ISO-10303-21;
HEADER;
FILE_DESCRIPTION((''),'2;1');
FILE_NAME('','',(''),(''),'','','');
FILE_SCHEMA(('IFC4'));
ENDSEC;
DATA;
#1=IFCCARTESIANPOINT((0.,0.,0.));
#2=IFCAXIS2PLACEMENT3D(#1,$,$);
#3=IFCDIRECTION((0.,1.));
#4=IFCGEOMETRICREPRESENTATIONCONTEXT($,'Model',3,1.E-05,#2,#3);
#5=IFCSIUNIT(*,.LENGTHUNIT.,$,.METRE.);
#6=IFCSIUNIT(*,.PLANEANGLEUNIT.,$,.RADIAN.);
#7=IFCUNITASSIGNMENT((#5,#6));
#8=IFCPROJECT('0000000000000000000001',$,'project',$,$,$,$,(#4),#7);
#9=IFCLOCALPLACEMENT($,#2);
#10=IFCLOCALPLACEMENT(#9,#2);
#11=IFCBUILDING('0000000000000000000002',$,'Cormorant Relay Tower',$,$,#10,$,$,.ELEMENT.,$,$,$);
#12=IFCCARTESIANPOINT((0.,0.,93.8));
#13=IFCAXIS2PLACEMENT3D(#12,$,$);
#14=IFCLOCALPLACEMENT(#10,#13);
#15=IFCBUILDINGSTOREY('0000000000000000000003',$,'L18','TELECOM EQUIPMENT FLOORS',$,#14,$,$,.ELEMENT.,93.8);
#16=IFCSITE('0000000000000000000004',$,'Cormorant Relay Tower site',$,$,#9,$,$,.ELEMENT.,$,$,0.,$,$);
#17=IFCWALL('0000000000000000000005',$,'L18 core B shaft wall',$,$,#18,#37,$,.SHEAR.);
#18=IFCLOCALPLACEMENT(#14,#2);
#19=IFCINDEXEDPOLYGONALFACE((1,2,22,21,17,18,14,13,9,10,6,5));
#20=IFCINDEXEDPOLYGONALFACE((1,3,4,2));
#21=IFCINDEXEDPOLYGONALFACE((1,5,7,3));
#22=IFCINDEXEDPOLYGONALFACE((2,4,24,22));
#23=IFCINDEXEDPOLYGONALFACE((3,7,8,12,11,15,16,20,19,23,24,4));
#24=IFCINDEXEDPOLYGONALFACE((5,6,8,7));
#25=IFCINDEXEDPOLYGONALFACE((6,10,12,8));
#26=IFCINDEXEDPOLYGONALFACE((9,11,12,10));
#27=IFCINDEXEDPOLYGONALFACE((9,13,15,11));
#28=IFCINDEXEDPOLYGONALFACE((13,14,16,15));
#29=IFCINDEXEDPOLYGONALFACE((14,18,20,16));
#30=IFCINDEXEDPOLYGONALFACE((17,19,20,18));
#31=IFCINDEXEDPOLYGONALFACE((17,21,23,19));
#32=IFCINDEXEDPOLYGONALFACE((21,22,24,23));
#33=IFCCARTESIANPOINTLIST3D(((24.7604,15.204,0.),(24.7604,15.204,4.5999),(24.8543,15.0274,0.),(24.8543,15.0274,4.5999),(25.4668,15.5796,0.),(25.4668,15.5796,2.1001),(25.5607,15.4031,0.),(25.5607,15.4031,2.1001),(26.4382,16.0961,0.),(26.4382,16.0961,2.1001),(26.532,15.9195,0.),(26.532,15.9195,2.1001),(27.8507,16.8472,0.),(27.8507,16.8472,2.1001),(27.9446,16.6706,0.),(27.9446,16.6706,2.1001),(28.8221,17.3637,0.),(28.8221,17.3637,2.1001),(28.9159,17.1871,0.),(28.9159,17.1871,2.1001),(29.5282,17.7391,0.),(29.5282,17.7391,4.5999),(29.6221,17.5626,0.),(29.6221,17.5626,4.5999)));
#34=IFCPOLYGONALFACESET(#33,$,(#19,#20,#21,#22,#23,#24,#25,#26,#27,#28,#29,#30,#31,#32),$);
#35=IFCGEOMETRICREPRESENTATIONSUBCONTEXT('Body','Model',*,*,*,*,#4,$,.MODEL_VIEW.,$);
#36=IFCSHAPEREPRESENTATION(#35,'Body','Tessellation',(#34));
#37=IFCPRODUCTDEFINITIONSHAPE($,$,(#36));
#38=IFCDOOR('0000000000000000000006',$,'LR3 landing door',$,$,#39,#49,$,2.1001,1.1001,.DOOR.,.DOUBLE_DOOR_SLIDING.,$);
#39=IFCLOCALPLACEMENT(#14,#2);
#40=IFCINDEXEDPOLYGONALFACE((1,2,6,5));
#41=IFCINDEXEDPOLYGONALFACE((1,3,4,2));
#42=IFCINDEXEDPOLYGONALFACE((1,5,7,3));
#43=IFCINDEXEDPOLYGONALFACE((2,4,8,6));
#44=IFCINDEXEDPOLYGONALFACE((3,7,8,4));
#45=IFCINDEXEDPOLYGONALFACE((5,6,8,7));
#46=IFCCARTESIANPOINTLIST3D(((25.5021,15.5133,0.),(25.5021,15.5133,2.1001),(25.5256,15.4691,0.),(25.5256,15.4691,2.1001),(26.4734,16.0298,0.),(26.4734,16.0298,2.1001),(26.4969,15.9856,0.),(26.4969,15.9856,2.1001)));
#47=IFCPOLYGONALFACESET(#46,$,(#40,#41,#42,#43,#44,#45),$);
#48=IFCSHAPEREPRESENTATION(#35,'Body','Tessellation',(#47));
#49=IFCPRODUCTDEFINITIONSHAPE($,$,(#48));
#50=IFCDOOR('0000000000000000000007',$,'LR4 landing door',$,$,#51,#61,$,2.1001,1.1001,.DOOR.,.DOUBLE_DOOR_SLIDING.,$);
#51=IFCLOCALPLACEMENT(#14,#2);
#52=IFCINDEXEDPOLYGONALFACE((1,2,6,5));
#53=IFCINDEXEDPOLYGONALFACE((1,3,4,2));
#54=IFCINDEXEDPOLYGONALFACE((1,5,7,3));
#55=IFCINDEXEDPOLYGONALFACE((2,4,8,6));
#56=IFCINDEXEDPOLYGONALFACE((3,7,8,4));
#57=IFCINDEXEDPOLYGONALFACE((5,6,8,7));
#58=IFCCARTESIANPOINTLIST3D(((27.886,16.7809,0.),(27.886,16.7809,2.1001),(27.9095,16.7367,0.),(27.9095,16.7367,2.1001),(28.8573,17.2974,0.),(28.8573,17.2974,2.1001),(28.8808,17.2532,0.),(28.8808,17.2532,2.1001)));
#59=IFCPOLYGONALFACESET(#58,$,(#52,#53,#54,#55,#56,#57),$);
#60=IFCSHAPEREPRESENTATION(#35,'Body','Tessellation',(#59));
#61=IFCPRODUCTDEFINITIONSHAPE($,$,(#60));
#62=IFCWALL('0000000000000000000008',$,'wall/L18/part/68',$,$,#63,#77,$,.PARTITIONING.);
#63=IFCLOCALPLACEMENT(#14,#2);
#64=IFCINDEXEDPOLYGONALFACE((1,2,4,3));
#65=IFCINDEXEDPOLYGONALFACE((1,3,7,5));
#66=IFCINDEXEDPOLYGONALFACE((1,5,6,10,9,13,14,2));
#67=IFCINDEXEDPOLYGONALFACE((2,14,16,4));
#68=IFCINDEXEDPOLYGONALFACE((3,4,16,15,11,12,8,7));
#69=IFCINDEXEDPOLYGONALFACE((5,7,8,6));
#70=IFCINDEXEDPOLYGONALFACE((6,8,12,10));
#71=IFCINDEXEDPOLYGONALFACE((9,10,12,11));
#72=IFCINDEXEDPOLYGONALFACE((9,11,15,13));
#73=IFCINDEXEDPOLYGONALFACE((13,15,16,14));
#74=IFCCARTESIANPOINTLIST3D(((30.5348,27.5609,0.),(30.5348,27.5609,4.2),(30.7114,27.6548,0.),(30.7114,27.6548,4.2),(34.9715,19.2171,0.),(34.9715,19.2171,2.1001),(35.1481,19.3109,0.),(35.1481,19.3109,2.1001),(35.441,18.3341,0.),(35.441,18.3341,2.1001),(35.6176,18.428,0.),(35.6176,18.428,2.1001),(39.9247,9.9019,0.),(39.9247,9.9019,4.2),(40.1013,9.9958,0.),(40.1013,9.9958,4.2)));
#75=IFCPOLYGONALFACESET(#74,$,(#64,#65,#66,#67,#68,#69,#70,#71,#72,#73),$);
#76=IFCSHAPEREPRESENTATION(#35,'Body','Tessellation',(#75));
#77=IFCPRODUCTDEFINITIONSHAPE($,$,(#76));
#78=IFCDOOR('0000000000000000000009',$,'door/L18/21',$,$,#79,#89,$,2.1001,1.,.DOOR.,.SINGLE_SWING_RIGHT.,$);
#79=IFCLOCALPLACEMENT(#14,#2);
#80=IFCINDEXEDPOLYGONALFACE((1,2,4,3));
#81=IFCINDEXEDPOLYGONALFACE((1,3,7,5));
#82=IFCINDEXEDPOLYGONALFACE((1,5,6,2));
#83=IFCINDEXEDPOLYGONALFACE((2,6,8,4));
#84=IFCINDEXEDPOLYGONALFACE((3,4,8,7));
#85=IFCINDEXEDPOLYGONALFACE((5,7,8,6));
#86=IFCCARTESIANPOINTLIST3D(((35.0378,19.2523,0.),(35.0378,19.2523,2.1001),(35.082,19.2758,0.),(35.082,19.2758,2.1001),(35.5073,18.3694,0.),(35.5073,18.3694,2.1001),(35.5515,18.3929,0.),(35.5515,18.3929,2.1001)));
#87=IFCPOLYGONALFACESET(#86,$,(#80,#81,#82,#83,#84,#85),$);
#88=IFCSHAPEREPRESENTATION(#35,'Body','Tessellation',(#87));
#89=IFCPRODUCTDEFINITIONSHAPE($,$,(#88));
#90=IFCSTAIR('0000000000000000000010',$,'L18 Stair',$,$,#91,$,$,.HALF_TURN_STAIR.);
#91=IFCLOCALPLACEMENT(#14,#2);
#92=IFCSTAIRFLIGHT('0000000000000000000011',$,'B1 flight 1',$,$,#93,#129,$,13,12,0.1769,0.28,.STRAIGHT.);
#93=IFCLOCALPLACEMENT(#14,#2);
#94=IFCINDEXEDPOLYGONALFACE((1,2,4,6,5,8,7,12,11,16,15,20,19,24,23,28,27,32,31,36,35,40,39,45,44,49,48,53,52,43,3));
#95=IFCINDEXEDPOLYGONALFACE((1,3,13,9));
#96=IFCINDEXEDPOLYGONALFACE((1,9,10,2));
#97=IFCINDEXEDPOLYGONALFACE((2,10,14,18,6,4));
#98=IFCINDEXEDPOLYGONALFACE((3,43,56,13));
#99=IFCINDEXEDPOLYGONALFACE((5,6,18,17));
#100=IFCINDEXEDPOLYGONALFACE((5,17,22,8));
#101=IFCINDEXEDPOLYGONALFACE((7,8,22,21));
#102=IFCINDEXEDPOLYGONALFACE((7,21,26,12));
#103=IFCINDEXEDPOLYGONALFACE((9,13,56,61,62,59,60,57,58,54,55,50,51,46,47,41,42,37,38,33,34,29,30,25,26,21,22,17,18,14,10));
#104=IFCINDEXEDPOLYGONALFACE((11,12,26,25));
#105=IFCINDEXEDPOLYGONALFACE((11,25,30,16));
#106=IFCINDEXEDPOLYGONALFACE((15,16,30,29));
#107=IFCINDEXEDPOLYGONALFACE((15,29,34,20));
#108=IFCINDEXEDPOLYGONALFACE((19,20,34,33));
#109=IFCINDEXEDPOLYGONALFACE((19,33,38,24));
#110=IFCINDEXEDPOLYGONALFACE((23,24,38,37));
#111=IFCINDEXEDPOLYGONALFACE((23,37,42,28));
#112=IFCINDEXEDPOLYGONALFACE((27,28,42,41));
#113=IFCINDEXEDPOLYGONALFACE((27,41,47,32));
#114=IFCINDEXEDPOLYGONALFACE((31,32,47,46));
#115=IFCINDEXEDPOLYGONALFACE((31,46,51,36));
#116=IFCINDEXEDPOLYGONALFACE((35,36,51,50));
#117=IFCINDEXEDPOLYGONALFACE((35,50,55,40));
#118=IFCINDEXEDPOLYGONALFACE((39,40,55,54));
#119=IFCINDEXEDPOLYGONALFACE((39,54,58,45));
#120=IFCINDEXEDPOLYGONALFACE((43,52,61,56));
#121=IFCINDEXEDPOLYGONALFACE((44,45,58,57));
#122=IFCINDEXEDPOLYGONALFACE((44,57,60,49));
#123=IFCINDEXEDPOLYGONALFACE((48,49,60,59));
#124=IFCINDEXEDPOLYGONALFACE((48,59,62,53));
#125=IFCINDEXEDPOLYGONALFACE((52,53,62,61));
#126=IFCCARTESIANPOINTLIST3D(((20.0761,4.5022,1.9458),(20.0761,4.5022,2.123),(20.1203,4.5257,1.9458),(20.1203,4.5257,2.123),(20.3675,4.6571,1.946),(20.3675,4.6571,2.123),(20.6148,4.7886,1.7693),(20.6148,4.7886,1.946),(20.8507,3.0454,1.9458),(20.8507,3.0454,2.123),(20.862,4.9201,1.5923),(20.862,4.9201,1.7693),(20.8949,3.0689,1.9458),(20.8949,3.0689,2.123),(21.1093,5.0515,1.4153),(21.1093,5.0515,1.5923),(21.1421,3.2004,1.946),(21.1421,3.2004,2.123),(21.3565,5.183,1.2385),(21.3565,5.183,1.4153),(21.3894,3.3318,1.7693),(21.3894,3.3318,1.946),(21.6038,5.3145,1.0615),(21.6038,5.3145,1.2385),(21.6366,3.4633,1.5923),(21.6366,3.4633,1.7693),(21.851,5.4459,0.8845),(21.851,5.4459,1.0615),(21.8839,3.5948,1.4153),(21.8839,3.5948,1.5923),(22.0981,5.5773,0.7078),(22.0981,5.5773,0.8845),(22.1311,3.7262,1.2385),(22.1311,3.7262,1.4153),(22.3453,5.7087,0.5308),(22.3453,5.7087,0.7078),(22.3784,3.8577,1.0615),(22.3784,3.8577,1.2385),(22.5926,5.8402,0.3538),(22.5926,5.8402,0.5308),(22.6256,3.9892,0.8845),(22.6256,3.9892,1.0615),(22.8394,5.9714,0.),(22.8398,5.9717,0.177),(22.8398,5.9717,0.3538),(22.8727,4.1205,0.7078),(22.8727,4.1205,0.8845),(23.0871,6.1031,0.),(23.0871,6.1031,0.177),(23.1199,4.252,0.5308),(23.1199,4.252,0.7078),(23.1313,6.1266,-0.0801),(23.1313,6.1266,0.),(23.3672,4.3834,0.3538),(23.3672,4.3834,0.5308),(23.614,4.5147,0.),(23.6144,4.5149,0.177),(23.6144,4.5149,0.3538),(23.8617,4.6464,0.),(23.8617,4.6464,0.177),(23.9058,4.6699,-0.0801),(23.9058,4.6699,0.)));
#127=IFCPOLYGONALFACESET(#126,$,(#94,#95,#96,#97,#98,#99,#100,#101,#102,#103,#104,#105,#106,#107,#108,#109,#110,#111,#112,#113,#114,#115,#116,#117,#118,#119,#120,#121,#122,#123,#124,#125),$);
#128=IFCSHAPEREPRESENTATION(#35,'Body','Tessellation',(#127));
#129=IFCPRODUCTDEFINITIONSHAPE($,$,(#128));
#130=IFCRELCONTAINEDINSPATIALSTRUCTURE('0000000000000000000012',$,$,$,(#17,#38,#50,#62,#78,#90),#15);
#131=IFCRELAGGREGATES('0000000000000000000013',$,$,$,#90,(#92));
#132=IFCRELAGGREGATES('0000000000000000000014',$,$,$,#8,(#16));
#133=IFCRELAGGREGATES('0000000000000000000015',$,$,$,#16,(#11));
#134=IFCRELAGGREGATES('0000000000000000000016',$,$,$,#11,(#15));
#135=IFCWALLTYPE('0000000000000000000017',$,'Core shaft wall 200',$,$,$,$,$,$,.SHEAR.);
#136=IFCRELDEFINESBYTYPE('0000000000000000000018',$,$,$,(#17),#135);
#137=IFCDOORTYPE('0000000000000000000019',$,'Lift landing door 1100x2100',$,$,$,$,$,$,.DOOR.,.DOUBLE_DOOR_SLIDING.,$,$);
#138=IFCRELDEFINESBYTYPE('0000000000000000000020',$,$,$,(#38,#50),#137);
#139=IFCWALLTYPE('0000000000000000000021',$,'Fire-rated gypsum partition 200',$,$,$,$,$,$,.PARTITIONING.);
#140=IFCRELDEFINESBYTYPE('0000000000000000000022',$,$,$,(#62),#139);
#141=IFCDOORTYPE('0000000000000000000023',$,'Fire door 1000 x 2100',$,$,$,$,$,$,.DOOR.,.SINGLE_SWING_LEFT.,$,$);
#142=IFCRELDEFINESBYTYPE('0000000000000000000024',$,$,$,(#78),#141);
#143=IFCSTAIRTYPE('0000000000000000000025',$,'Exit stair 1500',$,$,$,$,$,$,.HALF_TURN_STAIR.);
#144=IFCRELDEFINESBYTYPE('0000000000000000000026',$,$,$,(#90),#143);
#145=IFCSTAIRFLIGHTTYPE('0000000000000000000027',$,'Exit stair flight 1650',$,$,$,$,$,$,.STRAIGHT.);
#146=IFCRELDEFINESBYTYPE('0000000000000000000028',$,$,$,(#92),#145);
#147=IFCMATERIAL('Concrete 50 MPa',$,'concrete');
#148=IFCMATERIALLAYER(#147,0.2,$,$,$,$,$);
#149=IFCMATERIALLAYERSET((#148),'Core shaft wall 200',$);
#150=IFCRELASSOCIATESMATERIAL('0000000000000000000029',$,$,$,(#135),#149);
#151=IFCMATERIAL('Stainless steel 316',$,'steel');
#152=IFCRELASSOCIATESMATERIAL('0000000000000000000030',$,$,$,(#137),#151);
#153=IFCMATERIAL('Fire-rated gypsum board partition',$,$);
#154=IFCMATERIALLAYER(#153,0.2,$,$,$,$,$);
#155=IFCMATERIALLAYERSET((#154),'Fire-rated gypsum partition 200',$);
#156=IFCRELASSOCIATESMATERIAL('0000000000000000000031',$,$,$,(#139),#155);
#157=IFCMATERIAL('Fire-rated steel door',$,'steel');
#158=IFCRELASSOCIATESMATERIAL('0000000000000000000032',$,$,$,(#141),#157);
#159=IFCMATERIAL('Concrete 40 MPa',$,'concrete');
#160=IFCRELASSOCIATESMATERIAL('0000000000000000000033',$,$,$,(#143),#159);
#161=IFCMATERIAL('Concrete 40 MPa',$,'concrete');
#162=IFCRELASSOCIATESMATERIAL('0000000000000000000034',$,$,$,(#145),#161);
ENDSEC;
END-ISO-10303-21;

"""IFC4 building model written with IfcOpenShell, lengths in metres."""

from ifc_helpers import new_model, si_unit, direction, frame, frame_2d, origin, place, context, subcontext, project, spatial, polyline, rectangle, outline, extrude, material, layer, layer_set, type_object, element, fill, aggregate, save


model = new_model("IFC4")

# Units and contexts
model_context = context("Model", 3, precision=1e-05, world=origin(), true_north=direction((0.0, 1.0)))
body_context = subcontext(model_context, "Body", "Model", "MODEL_VIEW")
ifc_project = project(units=[si_unit("LENGTHUNIT", "METRE"), si_unit("PLANEANGLEUNIT", "RADIAN")], contexts=[model_context])

# Site, building, storey
site_placement = place(None, origin())
site = spatial("IfcSite", under=ifc_project, at=site_placement, Name="Cormorant Relay Tower site", CompositionType="ELEMENT", RefElevation=0.0)
building_placement = place(site_placement, origin())
building = spatial("IfcBuilding", under=site, at=building_placement, Name="Cormorant Relay Tower", CompositionType="ELEMENT")
storey_placement = place(building_placement, frame((0.0, 0.0, 93.8)))
storey = spatial("IfcBuildingStorey", under=building, at=storey_placement, Name="L18", Description="TELECOM EQUIPMENT FLOORS", CompositionType="ELEMENT", Elevation=93.8)

# Shared definitions
ifc_material_1 = material(Name="Concrete 50 MPa", Category="concrete")
ifc_layer_1 = layer(ifc_material_1, 0.2)
ifc_layer_set_1 = layer_set([ifc_layer_1], Name="Core shaft wall 200")
wall_type_1 = type_object("IfcWallType", Name="Core shaft wall 200", PredefinedType="SHEAR", material=ifc_layer_set_1)

# Wall, openings, doors
wall_1_placement = place(storey_placement, frame((24.8074, 15.1157, 0.0), z_axis=(0.0, 0.0, 1.0), x_axis=(0.882943, 0.46948, 0.0)))
wall_1 = element("IfcWall", 1, at=wall_1_placement, inside=storey, type_object=wall_type_1, Name="L18 core B shaft wall", PredefinedType="SHEAR", context=body_context, shape_type="SweptSolid", body=[
    extrude(rectangle(XDim=5.3999, YDim=0.2, at=frame_2d((2.7, 0.0))), origin(), (0.0, 0.0, 1.0), 4.5999),
])
opening_1_placement = place(wall_1_placement, frame((0.8, 0.0, 0.0)))
opening_1 = element("IfcOpeningElement", 2, at=opening_1_placement, cuts=wall_1, PredefinedType="OPENING", context=body_context, shape_type="SweptSolid", body=[
    extrude(rectangle(XDim=1.1001, YDim=2.1001, at=frame_2d((0.55, 1.05))), frame((0.0, 0.1099, 0.0), z_axis=(0.0, -1.0, 0.0), x_axis=(1.0, 0.0, 0.0)), (0.0, 0.0, 1.0), 0.22),
])
opening_2_placement = place(wall_1_placement, frame((3.5, 0.0, 0.0)))
opening_2 = element("IfcOpeningElement", 3, at=opening_2_placement, cuts=wall_1, PredefinedType="OPENING", context=body_context, shape_type="SweptSolid", body=[
    extrude(rectangle(XDim=1.1001, YDim=2.1001, at=frame_2d((0.55, 1.05))), frame((0.0, 0.1099, 0.0), z_axis=(0.0, -1.0, 0.0), x_axis=(1.0, 0.0, 0.0)), (0.0, 0.0, 1.0), 0.22),
])
ifc_material_2 = material(Name="Stainless steel 316", Category="steel")
door_type_1 = type_object("IfcDoorType", Name="Lift landing door 1100x2100", OperationType="DOUBLE_DOOR_SLIDING", PredefinedType="DOOR", material=ifc_material_2)
door_1_placement = place(opening_1_placement, origin())
door_1 = element("IfcDoor", 4, at=door_1_placement, inside=storey, type_object=door_type_1, Name="LR3 landing door", OperationType="DOUBLE_DOOR_SLIDING", OverallHeight=2.1001, OverallWidth=1.1001, PredefinedType="DOOR", context=body_context, shape_type="SweptSolid", body=[
    extrude(rectangle(XDim=1.1001, YDim=2.1001, at=frame_2d((0.55, 1.05))), frame((0.0, 0.0249, 0.0), z_axis=(0.0, -1.0, 0.0), x_axis=(1.0, 0.0, 0.0)), (0.0, 0.0, 1.0), 0.05),
])
fill(opening_1, door_1)
door_2_placement = place(opening_2_placement, origin())
door_2 = element("IfcDoor", 5, at=door_2_placement, inside=storey, type_object=door_type_1, Name="LR4 landing door", OperationType="DOUBLE_DOOR_SLIDING", OverallHeight=2.1001, OverallWidth=1.1001, PredefinedType="DOOR", context=body_context, shape_type="SweptSolid", body=[
    extrude(rectangle(XDim=1.1001, YDim=2.1001, at=frame_2d((0.55, 1.05))), frame((0.0, 0.0249, 0.0), z_axis=(0.0, -1.0, 0.0), x_axis=(1.0, 0.0, 0.0)), (0.0, 0.0, 1.0), 0.05),
])
fill(opening_2, door_2)

# Wall, opening, door
ifc_material_3 = material(Name="Fire-rated gypsum board partition")
ifc_layer_2 = layer(ifc_material_3, 0.2)
ifc_layer_set_2 = layer_set([ifc_layer_2], Name="Fire-rated gypsum partition 200")
wall_type_2 = type_object("IfcWallType", Name="Fire-rated gypsum partition 200", PredefinedType="PARTITIONING", material=ifc_layer_set_2)
wall_2_placement = place(storey_placement, frame((40.0129, 9.949, 0.0), z_axis=(0.0, 0.0, 1.0), x_axis=(-0.46949, 0.882938, 0.0)))
wall_2 = element("IfcWall", 6, at=wall_2_placement, inside=storey, type_object=wall_type_2, Name="wall/L18/part/68", PredefinedType="PARTITIONING", context=body_context, shape_type="SweptSolid", body=[
    extrude(rectangle(XDim=20.0002, YDim=0.2, at=frame_2d((10.0, 0.0))), origin(), (0.0, 0.0, 1.0), 4.2),
])
opening_3_placement = place(wall_2_placement, frame((9.55, 0.0, 0.0)))
opening_3 = element("IfcOpeningElement", 7, at=opening_3_placement, cuts=wall_2, PredefinedType="OPENING", context=body_context, shape_type="SweptSolid", body=[
    extrude(rectangle(XDim=1.0, YDim=2.1001, at=frame_2d((0.5, 1.05))), frame((0.0, 0.1099, 0.0), z_axis=(0.0, -1.0, 0.0), x_axis=(1.0, 0.0, 0.0)), (0.0, 0.0, 1.0), 0.22),
])
ifc_material_4 = material(Name="Fire-rated steel door", Category="steel")
door_type_2 = type_object("IfcDoorType", Name="Fire door 1000 x 2100", OperationType="SINGLE_SWING_LEFT", PredefinedType="DOOR", material=ifc_material_4)
door_3_placement = place(opening_3_placement, origin())
door_3 = element("IfcDoor", 8, at=door_3_placement, inside=storey, type_object=door_type_2, Name="door/L18/21", OperationType="SINGLE_SWING_RIGHT", OverallHeight=2.1001, OverallWidth=1.0, PredefinedType="DOOR", context=body_context, shape_type="SweptSolid", body=[
    extrude(rectangle(XDim=1.0, YDim=2.1001, at=frame_2d((0.5, 1.05))), frame((0.0, 0.0249, 0.0), z_axis=(0.0, -1.0, 0.0), x_axis=(1.0, 0.0, 0.0)), (0.0, 0.0, 1.0), 0.05),
])
fill(opening_3, door_3)

# Stair, stair flight
ifc_material_5 = material(Name="Concrete 40 MPa", Category="concrete")
stair_type = type_object("IfcStairType", Name="Exit stair 1500", PredefinedType="HALF_TURN_STAIR", material=ifc_material_5)
stair_placement = place(storey_placement, origin())
stair = element("IfcStair", 9, at=stair_placement, inside=storey, type_object=stair_type, Name="L18 Stair", PredefinedType="HALF_TURN_STAIR")
ifc_material_6 = material(Name="Concrete 40 MPa", Category="concrete")
stair_flight_type = type_object("IfcStairFlightType", Name="Exit stair flight 1650", PredefinedType="STRAIGHT", material=ifc_material_6)
stair_flight_placement = place(storey_placement, frame((23.4744, 5.3748, 0.0), z_axis=(0.0, 0.0, 1.0), x_axis=(-0.882948, -0.469472, 0.0)))
stair_flight = element("IfcStairFlight", 10, at=stair_flight_placement, type_object=stair_flight_type, Name="B1 flight 1", NumberOfRisers=13, NumberOfTreads=12, PredefinedType="STRAIGHT", RiserHeight=0.1769, TreadLength=0.28, context=body_context, shape_type="SweptSolid", body=[
    extrude(outline(polyline([(-0.05, -0.0801), (-0.05, 0.0), (0.0, 0.0), (0.0, 0.177), (0.28, 0.177), (0.28, 0.3538), (0.5601, 0.3538), (0.5601, 0.5308), (0.8401, 0.5308), (0.8401, 0.7078), (1.1201, 0.7078), (1.1201, 0.8845), (1.3999, 0.8845), (1.3999, 1.0615), (1.6799, 1.0615), (1.6799, 1.2385), (1.96, 1.2385), (1.96, 1.4153), (2.24, 1.4153), (2.24, 1.5923), (2.52, 1.5923), (2.52, 1.7693), (2.8, 1.7693), (2.8, 1.946), (3.0801, 1.946), (3.0801, 2.123), (3.3601, 2.123), (3.4102, 2.123), (3.4102, 1.9458), (3.3601, 1.9458), (0.2805, 0.0), (-0.05, -0.0801)])), frame((0.0, 0.825, 0.0), z_axis=(0.0, -1.0, 0.0), x_axis=(1.0, 0.0, 0.0)), (0.0, 0.0, 1.0), 1.6499),
])
aggregate(stair, [stair_flight])

save(model, "model.ifc")
